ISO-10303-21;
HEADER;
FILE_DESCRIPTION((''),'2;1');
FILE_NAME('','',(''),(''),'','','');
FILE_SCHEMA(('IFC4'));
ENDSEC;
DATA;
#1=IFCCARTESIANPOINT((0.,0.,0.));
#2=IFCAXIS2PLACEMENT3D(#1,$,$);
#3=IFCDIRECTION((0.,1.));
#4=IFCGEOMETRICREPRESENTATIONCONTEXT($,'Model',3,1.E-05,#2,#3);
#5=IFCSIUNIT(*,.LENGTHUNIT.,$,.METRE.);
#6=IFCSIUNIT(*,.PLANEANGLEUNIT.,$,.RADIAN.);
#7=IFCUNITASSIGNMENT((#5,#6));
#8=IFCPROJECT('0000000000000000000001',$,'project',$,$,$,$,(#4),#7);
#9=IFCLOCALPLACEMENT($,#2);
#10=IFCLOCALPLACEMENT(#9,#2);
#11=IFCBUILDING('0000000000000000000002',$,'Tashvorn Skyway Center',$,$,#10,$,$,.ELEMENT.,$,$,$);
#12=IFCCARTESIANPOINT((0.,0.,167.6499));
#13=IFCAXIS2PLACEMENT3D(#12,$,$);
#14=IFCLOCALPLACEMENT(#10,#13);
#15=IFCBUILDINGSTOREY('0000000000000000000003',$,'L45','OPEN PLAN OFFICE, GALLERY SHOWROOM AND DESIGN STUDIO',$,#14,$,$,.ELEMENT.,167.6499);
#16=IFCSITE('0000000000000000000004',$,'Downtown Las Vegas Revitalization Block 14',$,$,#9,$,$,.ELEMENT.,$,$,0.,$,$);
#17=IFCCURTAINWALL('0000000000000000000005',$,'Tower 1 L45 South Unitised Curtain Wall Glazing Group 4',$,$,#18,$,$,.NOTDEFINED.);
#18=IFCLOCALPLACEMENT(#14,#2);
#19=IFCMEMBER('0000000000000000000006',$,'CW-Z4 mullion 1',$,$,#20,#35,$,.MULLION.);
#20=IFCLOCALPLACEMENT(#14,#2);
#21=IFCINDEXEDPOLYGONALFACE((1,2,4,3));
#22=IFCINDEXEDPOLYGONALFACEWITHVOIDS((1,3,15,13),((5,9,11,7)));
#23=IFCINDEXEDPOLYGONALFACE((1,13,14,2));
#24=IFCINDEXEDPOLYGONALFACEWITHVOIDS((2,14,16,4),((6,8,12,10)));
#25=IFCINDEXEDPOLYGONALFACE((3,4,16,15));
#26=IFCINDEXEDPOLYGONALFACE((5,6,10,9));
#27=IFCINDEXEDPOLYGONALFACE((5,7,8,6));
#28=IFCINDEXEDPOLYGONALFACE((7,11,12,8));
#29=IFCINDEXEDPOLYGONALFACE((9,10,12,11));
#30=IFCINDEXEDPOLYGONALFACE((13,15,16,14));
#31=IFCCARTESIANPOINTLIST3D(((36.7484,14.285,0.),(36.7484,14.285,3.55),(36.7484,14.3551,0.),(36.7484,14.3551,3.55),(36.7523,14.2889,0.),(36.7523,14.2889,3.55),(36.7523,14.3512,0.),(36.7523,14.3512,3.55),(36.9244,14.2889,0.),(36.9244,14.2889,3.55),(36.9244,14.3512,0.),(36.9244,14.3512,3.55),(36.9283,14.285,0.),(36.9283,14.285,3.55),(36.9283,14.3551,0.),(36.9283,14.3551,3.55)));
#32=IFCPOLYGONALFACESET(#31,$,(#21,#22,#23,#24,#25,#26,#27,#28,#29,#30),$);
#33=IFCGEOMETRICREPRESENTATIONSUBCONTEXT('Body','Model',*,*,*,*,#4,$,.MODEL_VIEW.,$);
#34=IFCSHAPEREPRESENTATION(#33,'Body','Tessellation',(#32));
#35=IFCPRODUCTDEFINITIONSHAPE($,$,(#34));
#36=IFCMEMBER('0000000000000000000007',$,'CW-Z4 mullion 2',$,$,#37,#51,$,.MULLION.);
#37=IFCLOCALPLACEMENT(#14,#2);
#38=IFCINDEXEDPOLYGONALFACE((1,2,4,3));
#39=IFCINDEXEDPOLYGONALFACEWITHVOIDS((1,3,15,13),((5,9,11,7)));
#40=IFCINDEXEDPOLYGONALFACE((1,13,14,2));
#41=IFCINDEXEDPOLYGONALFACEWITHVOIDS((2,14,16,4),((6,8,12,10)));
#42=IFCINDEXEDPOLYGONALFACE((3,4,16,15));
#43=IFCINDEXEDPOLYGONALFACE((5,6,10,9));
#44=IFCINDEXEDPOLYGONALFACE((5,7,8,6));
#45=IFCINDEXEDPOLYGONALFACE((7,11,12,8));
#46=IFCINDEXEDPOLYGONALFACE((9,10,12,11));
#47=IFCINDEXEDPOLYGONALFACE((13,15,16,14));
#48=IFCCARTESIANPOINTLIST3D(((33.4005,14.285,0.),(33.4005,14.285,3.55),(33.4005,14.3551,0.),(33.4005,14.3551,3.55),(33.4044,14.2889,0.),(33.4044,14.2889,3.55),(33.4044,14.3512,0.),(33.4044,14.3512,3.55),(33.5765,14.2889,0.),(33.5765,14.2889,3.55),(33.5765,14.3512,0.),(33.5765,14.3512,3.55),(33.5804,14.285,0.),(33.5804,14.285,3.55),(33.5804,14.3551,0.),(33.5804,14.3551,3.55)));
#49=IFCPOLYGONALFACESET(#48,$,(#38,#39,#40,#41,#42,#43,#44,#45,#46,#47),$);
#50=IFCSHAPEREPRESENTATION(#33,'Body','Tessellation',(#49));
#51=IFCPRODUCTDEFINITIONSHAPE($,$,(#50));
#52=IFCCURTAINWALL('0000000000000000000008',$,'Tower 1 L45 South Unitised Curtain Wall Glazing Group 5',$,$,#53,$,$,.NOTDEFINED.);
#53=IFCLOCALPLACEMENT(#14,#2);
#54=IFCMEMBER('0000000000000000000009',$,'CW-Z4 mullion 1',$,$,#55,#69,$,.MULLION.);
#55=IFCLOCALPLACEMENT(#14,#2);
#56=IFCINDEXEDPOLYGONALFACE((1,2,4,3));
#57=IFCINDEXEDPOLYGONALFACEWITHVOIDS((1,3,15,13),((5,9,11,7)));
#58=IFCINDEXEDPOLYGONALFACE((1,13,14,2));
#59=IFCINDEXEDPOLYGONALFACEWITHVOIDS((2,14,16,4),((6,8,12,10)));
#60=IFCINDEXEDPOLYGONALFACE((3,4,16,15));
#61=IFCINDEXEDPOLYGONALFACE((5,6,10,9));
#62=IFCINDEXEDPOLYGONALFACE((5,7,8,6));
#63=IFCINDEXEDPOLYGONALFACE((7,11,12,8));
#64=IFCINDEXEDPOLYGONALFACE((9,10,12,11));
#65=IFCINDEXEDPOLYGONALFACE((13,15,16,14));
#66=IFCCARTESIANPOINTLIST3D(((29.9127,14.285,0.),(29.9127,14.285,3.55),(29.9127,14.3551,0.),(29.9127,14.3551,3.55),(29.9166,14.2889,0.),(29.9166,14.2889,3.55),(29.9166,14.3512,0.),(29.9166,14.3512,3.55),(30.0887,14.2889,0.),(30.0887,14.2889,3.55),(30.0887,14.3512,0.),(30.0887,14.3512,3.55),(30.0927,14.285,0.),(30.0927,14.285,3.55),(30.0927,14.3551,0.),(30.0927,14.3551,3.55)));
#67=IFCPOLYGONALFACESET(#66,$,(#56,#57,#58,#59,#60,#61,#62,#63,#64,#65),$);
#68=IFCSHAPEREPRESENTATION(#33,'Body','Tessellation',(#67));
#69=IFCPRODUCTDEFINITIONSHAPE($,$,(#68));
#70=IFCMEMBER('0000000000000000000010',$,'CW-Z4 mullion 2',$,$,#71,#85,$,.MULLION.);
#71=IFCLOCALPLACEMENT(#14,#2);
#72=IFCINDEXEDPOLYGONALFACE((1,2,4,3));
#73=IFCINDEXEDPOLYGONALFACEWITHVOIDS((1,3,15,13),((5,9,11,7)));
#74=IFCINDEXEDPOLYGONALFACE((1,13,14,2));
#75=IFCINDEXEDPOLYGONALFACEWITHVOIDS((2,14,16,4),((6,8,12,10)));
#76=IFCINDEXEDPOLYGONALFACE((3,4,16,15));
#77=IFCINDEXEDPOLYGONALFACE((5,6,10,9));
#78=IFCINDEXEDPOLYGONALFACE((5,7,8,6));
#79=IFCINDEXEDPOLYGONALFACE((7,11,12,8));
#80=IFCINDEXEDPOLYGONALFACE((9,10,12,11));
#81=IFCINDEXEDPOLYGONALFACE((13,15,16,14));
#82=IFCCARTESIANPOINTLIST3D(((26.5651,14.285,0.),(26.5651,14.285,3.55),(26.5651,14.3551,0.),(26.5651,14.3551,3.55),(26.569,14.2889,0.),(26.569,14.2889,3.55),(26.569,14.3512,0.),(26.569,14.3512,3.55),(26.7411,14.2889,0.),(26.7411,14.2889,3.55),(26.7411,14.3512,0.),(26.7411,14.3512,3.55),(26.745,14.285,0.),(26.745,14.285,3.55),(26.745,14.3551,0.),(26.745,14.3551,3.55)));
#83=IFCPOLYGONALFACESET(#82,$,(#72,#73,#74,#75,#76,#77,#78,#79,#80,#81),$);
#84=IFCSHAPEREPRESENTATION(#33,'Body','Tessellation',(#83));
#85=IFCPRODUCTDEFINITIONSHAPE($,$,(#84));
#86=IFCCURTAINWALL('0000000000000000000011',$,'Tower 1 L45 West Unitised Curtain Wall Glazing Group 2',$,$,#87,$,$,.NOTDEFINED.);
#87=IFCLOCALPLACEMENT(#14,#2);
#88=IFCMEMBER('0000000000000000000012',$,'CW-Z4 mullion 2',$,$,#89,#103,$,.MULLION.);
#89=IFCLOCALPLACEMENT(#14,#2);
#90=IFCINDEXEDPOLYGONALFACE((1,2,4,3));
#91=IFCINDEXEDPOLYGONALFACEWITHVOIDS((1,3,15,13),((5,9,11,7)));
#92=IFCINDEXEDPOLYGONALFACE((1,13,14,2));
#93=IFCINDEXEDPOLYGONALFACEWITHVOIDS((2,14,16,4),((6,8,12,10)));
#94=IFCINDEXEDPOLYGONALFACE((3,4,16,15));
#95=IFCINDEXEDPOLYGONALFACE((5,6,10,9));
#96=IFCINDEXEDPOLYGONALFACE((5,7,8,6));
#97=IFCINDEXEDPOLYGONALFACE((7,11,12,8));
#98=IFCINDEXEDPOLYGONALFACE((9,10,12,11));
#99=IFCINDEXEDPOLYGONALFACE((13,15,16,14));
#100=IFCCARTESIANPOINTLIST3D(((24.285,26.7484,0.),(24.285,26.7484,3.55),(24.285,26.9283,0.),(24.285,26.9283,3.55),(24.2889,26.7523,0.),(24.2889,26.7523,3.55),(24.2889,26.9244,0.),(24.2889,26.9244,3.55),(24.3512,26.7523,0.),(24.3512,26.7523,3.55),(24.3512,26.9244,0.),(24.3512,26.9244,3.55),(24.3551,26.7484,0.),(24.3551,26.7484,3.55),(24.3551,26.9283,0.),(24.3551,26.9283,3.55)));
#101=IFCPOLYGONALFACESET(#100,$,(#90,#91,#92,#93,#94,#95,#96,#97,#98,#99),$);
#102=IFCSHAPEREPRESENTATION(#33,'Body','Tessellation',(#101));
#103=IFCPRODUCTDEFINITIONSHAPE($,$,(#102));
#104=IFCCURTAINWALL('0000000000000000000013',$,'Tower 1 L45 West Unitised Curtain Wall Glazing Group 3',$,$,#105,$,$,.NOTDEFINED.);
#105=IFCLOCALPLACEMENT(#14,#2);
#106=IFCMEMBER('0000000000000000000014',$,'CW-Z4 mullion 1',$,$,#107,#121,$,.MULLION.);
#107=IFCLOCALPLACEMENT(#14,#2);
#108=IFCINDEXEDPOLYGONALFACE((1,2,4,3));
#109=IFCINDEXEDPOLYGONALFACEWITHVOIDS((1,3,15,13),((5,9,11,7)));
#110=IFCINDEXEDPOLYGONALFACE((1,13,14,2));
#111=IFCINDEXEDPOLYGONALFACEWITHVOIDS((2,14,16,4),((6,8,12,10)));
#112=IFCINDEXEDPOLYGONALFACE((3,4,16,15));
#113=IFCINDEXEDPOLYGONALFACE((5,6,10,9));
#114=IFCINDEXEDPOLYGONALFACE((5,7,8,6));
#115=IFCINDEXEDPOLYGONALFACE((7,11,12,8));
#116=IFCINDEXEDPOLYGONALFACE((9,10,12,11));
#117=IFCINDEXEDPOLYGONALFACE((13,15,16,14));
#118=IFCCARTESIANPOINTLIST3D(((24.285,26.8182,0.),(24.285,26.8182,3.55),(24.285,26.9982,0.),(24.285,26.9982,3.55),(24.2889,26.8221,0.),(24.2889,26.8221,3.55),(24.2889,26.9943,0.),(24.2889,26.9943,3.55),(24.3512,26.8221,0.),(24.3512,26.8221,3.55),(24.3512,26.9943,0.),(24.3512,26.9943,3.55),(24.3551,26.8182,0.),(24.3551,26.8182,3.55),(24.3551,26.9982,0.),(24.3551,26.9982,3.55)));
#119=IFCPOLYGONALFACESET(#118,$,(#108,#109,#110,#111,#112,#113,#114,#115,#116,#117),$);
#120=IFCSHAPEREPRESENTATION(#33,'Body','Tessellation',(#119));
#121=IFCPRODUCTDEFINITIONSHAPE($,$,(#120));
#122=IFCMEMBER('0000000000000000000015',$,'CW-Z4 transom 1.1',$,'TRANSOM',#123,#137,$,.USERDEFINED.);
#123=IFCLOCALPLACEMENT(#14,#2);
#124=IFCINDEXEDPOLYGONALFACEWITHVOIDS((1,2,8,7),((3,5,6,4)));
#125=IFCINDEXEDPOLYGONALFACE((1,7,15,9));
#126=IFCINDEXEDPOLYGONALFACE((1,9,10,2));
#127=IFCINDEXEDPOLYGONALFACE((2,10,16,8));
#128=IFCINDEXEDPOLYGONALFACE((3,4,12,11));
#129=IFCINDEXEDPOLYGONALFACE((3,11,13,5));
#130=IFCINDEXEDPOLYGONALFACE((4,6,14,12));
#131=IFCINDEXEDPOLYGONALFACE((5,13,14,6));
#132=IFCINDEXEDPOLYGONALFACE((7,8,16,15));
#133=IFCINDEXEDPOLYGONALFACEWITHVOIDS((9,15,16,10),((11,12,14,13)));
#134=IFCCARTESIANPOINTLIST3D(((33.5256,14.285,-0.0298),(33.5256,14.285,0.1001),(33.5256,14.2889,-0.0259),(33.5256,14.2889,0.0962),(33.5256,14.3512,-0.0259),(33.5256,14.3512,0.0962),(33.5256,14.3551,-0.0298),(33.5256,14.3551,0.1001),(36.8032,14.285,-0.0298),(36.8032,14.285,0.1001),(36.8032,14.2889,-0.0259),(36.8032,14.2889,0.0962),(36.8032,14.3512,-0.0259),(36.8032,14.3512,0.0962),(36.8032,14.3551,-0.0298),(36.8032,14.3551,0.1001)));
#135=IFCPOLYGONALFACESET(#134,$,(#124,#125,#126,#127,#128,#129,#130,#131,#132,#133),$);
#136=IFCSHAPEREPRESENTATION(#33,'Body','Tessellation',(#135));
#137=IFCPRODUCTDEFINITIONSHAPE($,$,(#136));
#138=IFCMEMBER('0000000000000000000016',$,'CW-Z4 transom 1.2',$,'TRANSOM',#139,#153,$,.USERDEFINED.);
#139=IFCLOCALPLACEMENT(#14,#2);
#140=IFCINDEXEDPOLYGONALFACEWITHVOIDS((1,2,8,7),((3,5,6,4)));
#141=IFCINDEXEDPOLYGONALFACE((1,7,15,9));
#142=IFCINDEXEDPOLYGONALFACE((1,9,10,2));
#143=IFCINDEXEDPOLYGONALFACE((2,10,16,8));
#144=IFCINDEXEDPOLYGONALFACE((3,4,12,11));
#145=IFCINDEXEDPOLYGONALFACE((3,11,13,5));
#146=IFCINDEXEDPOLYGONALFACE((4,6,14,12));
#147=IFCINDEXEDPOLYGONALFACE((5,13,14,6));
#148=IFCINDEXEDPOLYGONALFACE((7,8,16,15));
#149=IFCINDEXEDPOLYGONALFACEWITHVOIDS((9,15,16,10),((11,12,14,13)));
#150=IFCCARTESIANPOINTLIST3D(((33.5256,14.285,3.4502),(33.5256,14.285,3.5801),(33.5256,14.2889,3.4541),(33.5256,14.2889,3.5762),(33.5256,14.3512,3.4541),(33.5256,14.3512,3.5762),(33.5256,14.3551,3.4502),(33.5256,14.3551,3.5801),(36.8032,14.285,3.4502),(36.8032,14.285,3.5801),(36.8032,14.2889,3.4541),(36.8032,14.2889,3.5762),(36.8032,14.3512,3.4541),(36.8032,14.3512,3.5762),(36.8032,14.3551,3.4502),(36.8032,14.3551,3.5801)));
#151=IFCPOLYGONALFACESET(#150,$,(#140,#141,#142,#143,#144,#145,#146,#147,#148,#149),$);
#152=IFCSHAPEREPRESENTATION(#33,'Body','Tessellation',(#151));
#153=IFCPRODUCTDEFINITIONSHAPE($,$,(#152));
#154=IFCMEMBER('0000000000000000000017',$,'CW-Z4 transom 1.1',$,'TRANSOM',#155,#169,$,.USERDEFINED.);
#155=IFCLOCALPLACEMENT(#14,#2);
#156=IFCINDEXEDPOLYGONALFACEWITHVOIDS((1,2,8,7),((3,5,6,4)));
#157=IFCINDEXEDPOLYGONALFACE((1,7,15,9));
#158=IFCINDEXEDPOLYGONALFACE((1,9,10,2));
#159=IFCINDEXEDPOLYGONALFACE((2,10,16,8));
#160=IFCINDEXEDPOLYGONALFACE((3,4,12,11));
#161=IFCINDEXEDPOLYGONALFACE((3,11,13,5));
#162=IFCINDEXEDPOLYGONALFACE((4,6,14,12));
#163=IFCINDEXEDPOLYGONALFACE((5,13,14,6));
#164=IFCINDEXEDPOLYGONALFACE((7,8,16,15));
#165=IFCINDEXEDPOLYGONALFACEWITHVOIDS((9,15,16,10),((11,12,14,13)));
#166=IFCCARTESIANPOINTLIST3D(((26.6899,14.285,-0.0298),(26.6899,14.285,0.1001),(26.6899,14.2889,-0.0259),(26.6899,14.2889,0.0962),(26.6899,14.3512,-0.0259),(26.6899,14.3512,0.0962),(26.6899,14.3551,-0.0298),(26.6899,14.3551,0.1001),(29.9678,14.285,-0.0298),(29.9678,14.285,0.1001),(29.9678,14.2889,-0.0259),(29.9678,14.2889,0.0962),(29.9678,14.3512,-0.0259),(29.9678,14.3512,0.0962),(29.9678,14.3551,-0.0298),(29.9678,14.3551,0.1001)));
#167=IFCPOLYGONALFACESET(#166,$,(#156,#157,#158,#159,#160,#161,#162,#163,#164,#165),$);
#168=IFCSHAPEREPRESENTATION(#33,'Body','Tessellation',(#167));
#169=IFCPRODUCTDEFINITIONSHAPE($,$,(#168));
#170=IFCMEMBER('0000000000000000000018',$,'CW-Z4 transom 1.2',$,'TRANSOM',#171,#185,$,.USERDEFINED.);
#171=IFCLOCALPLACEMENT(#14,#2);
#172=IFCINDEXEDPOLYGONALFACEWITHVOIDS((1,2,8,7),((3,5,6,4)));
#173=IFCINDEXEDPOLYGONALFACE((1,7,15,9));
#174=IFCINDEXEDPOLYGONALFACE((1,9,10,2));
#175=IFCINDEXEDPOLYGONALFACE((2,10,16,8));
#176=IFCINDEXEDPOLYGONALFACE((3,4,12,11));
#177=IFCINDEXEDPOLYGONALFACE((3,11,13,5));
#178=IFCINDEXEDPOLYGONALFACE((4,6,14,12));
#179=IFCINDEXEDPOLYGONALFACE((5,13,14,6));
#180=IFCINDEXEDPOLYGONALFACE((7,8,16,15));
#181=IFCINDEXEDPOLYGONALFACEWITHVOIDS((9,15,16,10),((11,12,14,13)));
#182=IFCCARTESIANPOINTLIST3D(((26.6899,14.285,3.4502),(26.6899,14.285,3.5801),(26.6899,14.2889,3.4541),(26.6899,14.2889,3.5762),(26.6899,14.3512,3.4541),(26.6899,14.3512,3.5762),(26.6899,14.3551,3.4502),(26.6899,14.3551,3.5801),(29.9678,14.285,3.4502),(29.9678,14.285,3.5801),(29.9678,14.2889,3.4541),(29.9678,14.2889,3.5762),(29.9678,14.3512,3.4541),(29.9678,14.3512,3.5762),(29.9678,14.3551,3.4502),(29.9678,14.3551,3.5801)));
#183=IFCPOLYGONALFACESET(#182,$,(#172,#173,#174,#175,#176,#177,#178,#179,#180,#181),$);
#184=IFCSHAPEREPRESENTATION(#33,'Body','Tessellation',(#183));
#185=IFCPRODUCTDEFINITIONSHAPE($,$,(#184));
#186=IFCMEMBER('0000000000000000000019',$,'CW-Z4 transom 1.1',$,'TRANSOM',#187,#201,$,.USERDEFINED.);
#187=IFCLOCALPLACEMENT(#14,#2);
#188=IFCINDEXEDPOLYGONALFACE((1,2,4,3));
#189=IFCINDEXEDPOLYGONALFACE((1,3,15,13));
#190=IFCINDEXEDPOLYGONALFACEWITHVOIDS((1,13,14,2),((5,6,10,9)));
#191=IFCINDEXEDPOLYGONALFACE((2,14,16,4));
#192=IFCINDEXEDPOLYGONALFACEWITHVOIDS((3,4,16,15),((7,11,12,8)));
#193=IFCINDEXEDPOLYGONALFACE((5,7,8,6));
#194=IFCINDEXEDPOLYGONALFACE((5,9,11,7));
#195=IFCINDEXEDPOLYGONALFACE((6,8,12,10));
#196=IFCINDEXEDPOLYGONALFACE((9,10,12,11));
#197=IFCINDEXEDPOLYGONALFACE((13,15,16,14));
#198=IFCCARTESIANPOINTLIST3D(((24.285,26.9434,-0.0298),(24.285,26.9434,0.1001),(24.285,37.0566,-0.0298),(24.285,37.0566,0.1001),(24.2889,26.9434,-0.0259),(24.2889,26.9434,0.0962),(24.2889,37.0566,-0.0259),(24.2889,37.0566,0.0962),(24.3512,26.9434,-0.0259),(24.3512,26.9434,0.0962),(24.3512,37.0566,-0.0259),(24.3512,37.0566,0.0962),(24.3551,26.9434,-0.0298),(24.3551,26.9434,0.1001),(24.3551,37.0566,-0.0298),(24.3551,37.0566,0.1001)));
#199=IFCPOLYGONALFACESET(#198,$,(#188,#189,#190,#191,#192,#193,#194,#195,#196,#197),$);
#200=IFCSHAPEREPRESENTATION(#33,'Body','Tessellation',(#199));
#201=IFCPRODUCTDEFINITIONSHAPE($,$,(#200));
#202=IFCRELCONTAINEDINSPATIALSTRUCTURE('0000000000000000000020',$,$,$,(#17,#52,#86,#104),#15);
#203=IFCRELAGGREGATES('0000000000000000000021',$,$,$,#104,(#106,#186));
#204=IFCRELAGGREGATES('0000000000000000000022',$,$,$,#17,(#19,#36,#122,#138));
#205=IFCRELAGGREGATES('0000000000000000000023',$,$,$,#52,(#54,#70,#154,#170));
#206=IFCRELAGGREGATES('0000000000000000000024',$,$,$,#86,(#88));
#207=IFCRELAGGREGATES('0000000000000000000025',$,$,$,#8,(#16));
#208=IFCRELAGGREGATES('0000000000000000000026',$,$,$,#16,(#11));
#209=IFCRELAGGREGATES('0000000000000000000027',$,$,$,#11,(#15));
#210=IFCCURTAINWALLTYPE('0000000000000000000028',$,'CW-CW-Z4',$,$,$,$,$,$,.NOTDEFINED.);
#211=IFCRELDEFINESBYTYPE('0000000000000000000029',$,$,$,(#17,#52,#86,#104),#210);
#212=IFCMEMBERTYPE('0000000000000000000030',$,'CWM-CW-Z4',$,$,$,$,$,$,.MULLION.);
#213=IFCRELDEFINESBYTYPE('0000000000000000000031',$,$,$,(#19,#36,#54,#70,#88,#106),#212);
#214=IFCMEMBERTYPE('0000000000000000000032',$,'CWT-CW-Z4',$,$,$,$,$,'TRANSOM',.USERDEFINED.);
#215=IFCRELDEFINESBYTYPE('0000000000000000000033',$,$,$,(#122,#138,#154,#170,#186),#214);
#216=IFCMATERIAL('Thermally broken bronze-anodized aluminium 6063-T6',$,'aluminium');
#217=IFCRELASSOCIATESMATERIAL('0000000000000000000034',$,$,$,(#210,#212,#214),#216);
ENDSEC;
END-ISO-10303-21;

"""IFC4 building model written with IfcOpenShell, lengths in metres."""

from ifc_helpers import new_model, si_unit, direction, frame, origin, origin_2d, place, context, subcontext, project, spatial, hollow_rectangle, extrude, material, material_profile, profile_set, type_object, element, aggregate, save


model = new_model("IFC4")

# Units and contexts
model_context = context("Model", 3, precision=1e-05, world=origin(), true_north=direction((0.0, 1.0)))
body_context = subcontext(model_context, "Body", "Model", "MODEL_VIEW")
ifc_project = project(units=[si_unit("LENGTHUNIT", "METRE"), si_unit("PLANEANGLEUNIT", "RADIAN")], contexts=[model_context])

# Site, building, storey
site_placement = place(None, origin())
site = spatial("IfcSite", under=ifc_project, at=site_placement, Name="Downtown Las Vegas Revitalization Block 14", CompositionType="ELEMENT", RefElevation=0.0)
building_placement = place(site_placement, origin())
building = spatial("IfcBuilding", under=site, at=building_placement, Name="Tashvorn Skyway Center", CompositionType="ELEMENT")
storey_placement = place(building_placement, frame((0.0, 0.0, 167.6499)))
storey = spatial("IfcBuildingStorey", under=building, at=storey_placement, Name="L45", Description="OPEN PLAN OFFICE, GALLERY SHOWROOM AND DESIGN STUDIO", CompositionType="ELEMENT", Elevation=167.6499)

# Curtain walls, members
ifc_material_1 = material(Name="Thermally broken bronze-anodized aluminium 6063-T6", Category="aluminium")
curtain_wall_type = type_object("IfcCurtainWallType", Name="CW-CW-Z4", PredefinedType="NOTDEFINED", material=ifc_material_1)
curtain_wall_1_placement = place(storey_placement, origin())
curtain_wall_1 = element("IfcCurtainWall", 1, at=curtain_wall_1_placement, inside=storey, type_object=curtain_wall_type, Name="Tower 1 L45 South Unitised Curtain Wall Glazing Group 4", PredefinedType="NOTDEFINED")
ifc_material_profile_1 = material_profile(ifc_material_1, hollow_rectangle(XDim=0.0701, YDim=0.1799, WallThickness=0.0039, at=origin_2d()), Name="ALU-MULL-70x180")
ifc_profile_set_1 = profile_set([ifc_material_profile_1], Name="Thermally broken bronze-anodized aluminium 6063-T6")
member_type_1 = type_object("IfcMemberType", Name="CWM-CW-Z4", PredefinedType="MULLION", material=ifc_profile_set_1)
member_1_placement = place(storey_placement, frame((36.8384, 14.3201, 0.0), z_axis=(0.0, 0.0, 1.0), x_axis=(0.0, -1.0, 0.0)))
member_1 = element("IfcMember", 2, at=member_1_placement, type_object=member_type_1, Name="CW-Z4 mullion 1", PredefinedType="MULLION", context=body_context, shape_type="SweptSolid", body=[
    extrude(hollow_rectangle(XDim=0.0701, YDim=0.1799, WallThickness=0.0039, at=origin_2d()), origin(), (0.0, 0.0, 1.0), 3.55),
])
member_2_placement = place(storey_placement, frame((33.4905, 14.3201, 0.0), z_axis=(0.0, 0.0, 1.0), x_axis=(0.0, -1.0, 0.0)))
member_2 = element("IfcMember", 3, at=member_2_placement, type_object=member_type_1, Name="CW-Z4 mullion 2", PredefinedType="MULLION", context=body_context, shape_type="SweptSolid", body=[
    extrude(hollow_rectangle(XDim=0.0701, YDim=0.1799, WallThickness=0.0039, at=origin_2d()), origin(), (0.0, 0.0, 1.0), 3.55),
])
curtain_wall_2_placement = place(storey_placement, origin())
curtain_wall_2 = element("IfcCurtainWall", 4, at=curtain_wall_2_placement, inside=storey, type_object=curtain_wall_type, Name="Tower 1 L45 South Unitised Curtain Wall Glazing Group 5", PredefinedType="NOTDEFINED")
member_3_placement = place(storey_placement, frame((30.0027, 14.3201, 0.0), z_axis=(0.0, 0.0, 1.0), x_axis=(0.0, -1.0, 0.0)))
member_3 = element("IfcMember", 5, at=member_3_placement, type_object=member_type_1, Name="CW-Z4 mullion 1", PredefinedType="MULLION", context=body_context, shape_type="SweptSolid", body=[
    extrude(hollow_rectangle(XDim=0.0701, YDim=0.1799, WallThickness=0.0039, at=origin_2d()), origin(), (0.0, 0.0, 1.0), 3.55),
])
member_4_placement = place(storey_placement, frame((26.655, 14.3201, 0.0), z_axis=(0.0, 0.0, 1.0), x_axis=(0.0, -1.0, 0.0)))
member_4 = element("IfcMember", 6, at=member_4_placement, type_object=member_type_1, Name="CW-Z4 mullion 2", PredefinedType="MULLION", context=body_context, shape_type="SweptSolid", body=[
    extrude(hollow_rectangle(XDim=0.0701, YDim=0.1799, WallThickness=0.0039, at=origin_2d()), origin(), (0.0, 0.0, 1.0), 3.55),
])

# Curtain walls, members
curtain_wall_3_placement = place(storey_placement, origin())
curtain_wall_3 = element("IfcCurtainWall", 7, at=curtain_wall_3_placement, inside=storey, type_object=curtain_wall_type, Name="Tower 1 L45 West Unitised Curtain Wall Glazing Group 2", PredefinedType="NOTDEFINED")
member_5_placement = place(storey_placement, frame((24.3201, 26.8384, 0.0), z_axis=(0.0, 0.0, 1.0), x_axis=(-1.0, 0.0, 0.0)))
member_5 = element("IfcMember", 8, at=member_5_placement, type_object=member_type_1, Name="CW-Z4 mullion 2", PredefinedType="MULLION", context=body_context, shape_type="SweptSolid", body=[
    extrude(hollow_rectangle(XDim=0.0701, YDim=0.1799, WallThickness=0.0039, at=origin_2d()), origin(), (0.0, 0.0, 1.0), 3.55),
])
curtain_wall_4_placement = place(storey_placement, origin())
curtain_wall_4 = element("IfcCurtainWall", 9, at=curtain_wall_4_placement, inside=storey, type_object=curtain_wall_type, Name="Tower 1 L45 West Unitised Curtain Wall Glazing Group 3", PredefinedType="NOTDEFINED")
member_6_placement = place(storey_placement, frame((24.3201, 26.9082, 0.0), z_axis=(0.0, 0.0, 1.0), x_axis=(-1.0, 0.0, 0.0)))
member_6 = element("IfcMember", 10, at=member_6_placement, type_object=member_type_1, Name="CW-Z4 mullion 1", PredefinedType="MULLION", context=body_context, shape_type="SweptSolid", body=[
    extrude(hollow_rectangle(XDim=0.0701, YDim=0.1799, WallThickness=0.0039, at=origin_2d()), origin(), (0.0, 0.0, 1.0), 3.55),
])

# Members
ifc_material_profile_2 = material_profile(ifc_material_1, hollow_rectangle(XDim=0.0701, YDim=0.1299, WallThickness=0.0039, at=origin_2d()), Name="ALU-TRAN-70x130")
ifc_profile_set_2 = profile_set([ifc_material_profile_2], Name="Thermally broken bronze-anodized aluminium 6063-T6")
member_type_2 = type_object("IfcMemberType", Name="CWT-CW-Z4", ElementType="TRANSOM", PredefinedType="USERDEFINED", material=ifc_profile_set_2)
member_7_placement = place(storey_placement, frame((36.8032, 14.3201, 0.0352), z_axis=(-1.0, 0.0, 0.0), x_axis=(0.0, -1.0, 0.0)))
member_7 = element("IfcMember", 11, at=member_7_placement, type_object=member_type_2, Name="CW-Z4 transom 1.1", ObjectType="TRANSOM", PredefinedType="USERDEFINED", context=body_context, shape_type="SweptSolid", body=[
    extrude(hollow_rectangle(XDim=0.0701, YDim=0.1299, WallThickness=0.0039, at=origin_2d()), origin(), (0.0, 0.0, 1.0), 3.2776),
])
member_8_placement = place(storey_placement, frame((36.8032, 14.3201, 3.5151), z_axis=(-1.0, 0.0, 0.0), x_axis=(0.0, -1.0, 0.0)))
member_8 = element("IfcMember", 12, at=member_8_placement, type_object=member_type_2, Name="CW-Z4 transom 1.2", ObjectType="TRANSOM", PredefinedType="USERDEFINED", context=body_context, shape_type="SweptSolid", body=[
    extrude(hollow_rectangle(XDim=0.0701, YDim=0.1299, WallThickness=0.0039, at=origin_2d()), origin(), (0.0, 0.0, 1.0), 3.2776),
])
member_9_placement = place(storey_placement, frame((29.9678, 14.3201, 0.0352), z_axis=(-1.0, 0.0, 0.0), x_axis=(0.0, -1.0, 0.0)))
member_9 = element("IfcMember", 13, at=member_9_placement, type_object=member_type_2, Name="CW-Z4 transom 1.1", ObjectType="TRANSOM", PredefinedType="USERDEFINED", context=body_context, shape_type="SweptSolid", body=[
    extrude(hollow_rectangle(XDim=0.0701, YDim=0.1299, WallThickness=0.0039, at=origin_2d()), origin(), (0.0, 0.0, 1.0), 3.2778),
])
member_10_placement = place(storey_placement, frame((29.9678, 14.3201, 3.5151), z_axis=(-1.0, 0.0, 0.0), x_axis=(0.0, -1.0, 0.0)))
member_10 = element("IfcMember", 14, at=member_10_placement, type_object=member_type_2, Name="CW-Z4 transom 1.2", ObjectType="TRANSOM", PredefinedType="USERDEFINED", context=body_context, shape_type="SweptSolid", body=[
    extrude(hollow_rectangle(XDim=0.0701, YDim=0.1299, WallThickness=0.0039, at=origin_2d()), origin(), (0.0, 0.0, 1.0), 3.2778),
])
member_11_placement = place(storey_placement, frame((24.3201, 26.9434, 0.0352), z_axis=(0.0, 1.0, 0.0), x_axis=(-1.0, 0.0, 0.0)))
member_11 = element("IfcMember", 15, at=member_11_placement, type_object=member_type_2, Name="CW-Z4 transom 1.1", ObjectType="TRANSOM", PredefinedType="USERDEFINED", context=body_context, shape_type="SweptSolid", body=[
    extrude(hollow_rectangle(XDim=0.0701, YDim=0.1299, WallThickness=0.0039, at=origin_2d()), origin(), (0.0, 0.0, 1.0), 10.1133),
])
aggregate(curtain_wall_4, [member_6, member_11])

aggregate(curtain_wall_1, [member_1, member_2, member_7, member_8])
aggregate(curtain_wall_2, [member_3, member_4, member_9, member_10])
aggregate(curtain_wall_3, [member_5])

save(model, "model.ifc")
